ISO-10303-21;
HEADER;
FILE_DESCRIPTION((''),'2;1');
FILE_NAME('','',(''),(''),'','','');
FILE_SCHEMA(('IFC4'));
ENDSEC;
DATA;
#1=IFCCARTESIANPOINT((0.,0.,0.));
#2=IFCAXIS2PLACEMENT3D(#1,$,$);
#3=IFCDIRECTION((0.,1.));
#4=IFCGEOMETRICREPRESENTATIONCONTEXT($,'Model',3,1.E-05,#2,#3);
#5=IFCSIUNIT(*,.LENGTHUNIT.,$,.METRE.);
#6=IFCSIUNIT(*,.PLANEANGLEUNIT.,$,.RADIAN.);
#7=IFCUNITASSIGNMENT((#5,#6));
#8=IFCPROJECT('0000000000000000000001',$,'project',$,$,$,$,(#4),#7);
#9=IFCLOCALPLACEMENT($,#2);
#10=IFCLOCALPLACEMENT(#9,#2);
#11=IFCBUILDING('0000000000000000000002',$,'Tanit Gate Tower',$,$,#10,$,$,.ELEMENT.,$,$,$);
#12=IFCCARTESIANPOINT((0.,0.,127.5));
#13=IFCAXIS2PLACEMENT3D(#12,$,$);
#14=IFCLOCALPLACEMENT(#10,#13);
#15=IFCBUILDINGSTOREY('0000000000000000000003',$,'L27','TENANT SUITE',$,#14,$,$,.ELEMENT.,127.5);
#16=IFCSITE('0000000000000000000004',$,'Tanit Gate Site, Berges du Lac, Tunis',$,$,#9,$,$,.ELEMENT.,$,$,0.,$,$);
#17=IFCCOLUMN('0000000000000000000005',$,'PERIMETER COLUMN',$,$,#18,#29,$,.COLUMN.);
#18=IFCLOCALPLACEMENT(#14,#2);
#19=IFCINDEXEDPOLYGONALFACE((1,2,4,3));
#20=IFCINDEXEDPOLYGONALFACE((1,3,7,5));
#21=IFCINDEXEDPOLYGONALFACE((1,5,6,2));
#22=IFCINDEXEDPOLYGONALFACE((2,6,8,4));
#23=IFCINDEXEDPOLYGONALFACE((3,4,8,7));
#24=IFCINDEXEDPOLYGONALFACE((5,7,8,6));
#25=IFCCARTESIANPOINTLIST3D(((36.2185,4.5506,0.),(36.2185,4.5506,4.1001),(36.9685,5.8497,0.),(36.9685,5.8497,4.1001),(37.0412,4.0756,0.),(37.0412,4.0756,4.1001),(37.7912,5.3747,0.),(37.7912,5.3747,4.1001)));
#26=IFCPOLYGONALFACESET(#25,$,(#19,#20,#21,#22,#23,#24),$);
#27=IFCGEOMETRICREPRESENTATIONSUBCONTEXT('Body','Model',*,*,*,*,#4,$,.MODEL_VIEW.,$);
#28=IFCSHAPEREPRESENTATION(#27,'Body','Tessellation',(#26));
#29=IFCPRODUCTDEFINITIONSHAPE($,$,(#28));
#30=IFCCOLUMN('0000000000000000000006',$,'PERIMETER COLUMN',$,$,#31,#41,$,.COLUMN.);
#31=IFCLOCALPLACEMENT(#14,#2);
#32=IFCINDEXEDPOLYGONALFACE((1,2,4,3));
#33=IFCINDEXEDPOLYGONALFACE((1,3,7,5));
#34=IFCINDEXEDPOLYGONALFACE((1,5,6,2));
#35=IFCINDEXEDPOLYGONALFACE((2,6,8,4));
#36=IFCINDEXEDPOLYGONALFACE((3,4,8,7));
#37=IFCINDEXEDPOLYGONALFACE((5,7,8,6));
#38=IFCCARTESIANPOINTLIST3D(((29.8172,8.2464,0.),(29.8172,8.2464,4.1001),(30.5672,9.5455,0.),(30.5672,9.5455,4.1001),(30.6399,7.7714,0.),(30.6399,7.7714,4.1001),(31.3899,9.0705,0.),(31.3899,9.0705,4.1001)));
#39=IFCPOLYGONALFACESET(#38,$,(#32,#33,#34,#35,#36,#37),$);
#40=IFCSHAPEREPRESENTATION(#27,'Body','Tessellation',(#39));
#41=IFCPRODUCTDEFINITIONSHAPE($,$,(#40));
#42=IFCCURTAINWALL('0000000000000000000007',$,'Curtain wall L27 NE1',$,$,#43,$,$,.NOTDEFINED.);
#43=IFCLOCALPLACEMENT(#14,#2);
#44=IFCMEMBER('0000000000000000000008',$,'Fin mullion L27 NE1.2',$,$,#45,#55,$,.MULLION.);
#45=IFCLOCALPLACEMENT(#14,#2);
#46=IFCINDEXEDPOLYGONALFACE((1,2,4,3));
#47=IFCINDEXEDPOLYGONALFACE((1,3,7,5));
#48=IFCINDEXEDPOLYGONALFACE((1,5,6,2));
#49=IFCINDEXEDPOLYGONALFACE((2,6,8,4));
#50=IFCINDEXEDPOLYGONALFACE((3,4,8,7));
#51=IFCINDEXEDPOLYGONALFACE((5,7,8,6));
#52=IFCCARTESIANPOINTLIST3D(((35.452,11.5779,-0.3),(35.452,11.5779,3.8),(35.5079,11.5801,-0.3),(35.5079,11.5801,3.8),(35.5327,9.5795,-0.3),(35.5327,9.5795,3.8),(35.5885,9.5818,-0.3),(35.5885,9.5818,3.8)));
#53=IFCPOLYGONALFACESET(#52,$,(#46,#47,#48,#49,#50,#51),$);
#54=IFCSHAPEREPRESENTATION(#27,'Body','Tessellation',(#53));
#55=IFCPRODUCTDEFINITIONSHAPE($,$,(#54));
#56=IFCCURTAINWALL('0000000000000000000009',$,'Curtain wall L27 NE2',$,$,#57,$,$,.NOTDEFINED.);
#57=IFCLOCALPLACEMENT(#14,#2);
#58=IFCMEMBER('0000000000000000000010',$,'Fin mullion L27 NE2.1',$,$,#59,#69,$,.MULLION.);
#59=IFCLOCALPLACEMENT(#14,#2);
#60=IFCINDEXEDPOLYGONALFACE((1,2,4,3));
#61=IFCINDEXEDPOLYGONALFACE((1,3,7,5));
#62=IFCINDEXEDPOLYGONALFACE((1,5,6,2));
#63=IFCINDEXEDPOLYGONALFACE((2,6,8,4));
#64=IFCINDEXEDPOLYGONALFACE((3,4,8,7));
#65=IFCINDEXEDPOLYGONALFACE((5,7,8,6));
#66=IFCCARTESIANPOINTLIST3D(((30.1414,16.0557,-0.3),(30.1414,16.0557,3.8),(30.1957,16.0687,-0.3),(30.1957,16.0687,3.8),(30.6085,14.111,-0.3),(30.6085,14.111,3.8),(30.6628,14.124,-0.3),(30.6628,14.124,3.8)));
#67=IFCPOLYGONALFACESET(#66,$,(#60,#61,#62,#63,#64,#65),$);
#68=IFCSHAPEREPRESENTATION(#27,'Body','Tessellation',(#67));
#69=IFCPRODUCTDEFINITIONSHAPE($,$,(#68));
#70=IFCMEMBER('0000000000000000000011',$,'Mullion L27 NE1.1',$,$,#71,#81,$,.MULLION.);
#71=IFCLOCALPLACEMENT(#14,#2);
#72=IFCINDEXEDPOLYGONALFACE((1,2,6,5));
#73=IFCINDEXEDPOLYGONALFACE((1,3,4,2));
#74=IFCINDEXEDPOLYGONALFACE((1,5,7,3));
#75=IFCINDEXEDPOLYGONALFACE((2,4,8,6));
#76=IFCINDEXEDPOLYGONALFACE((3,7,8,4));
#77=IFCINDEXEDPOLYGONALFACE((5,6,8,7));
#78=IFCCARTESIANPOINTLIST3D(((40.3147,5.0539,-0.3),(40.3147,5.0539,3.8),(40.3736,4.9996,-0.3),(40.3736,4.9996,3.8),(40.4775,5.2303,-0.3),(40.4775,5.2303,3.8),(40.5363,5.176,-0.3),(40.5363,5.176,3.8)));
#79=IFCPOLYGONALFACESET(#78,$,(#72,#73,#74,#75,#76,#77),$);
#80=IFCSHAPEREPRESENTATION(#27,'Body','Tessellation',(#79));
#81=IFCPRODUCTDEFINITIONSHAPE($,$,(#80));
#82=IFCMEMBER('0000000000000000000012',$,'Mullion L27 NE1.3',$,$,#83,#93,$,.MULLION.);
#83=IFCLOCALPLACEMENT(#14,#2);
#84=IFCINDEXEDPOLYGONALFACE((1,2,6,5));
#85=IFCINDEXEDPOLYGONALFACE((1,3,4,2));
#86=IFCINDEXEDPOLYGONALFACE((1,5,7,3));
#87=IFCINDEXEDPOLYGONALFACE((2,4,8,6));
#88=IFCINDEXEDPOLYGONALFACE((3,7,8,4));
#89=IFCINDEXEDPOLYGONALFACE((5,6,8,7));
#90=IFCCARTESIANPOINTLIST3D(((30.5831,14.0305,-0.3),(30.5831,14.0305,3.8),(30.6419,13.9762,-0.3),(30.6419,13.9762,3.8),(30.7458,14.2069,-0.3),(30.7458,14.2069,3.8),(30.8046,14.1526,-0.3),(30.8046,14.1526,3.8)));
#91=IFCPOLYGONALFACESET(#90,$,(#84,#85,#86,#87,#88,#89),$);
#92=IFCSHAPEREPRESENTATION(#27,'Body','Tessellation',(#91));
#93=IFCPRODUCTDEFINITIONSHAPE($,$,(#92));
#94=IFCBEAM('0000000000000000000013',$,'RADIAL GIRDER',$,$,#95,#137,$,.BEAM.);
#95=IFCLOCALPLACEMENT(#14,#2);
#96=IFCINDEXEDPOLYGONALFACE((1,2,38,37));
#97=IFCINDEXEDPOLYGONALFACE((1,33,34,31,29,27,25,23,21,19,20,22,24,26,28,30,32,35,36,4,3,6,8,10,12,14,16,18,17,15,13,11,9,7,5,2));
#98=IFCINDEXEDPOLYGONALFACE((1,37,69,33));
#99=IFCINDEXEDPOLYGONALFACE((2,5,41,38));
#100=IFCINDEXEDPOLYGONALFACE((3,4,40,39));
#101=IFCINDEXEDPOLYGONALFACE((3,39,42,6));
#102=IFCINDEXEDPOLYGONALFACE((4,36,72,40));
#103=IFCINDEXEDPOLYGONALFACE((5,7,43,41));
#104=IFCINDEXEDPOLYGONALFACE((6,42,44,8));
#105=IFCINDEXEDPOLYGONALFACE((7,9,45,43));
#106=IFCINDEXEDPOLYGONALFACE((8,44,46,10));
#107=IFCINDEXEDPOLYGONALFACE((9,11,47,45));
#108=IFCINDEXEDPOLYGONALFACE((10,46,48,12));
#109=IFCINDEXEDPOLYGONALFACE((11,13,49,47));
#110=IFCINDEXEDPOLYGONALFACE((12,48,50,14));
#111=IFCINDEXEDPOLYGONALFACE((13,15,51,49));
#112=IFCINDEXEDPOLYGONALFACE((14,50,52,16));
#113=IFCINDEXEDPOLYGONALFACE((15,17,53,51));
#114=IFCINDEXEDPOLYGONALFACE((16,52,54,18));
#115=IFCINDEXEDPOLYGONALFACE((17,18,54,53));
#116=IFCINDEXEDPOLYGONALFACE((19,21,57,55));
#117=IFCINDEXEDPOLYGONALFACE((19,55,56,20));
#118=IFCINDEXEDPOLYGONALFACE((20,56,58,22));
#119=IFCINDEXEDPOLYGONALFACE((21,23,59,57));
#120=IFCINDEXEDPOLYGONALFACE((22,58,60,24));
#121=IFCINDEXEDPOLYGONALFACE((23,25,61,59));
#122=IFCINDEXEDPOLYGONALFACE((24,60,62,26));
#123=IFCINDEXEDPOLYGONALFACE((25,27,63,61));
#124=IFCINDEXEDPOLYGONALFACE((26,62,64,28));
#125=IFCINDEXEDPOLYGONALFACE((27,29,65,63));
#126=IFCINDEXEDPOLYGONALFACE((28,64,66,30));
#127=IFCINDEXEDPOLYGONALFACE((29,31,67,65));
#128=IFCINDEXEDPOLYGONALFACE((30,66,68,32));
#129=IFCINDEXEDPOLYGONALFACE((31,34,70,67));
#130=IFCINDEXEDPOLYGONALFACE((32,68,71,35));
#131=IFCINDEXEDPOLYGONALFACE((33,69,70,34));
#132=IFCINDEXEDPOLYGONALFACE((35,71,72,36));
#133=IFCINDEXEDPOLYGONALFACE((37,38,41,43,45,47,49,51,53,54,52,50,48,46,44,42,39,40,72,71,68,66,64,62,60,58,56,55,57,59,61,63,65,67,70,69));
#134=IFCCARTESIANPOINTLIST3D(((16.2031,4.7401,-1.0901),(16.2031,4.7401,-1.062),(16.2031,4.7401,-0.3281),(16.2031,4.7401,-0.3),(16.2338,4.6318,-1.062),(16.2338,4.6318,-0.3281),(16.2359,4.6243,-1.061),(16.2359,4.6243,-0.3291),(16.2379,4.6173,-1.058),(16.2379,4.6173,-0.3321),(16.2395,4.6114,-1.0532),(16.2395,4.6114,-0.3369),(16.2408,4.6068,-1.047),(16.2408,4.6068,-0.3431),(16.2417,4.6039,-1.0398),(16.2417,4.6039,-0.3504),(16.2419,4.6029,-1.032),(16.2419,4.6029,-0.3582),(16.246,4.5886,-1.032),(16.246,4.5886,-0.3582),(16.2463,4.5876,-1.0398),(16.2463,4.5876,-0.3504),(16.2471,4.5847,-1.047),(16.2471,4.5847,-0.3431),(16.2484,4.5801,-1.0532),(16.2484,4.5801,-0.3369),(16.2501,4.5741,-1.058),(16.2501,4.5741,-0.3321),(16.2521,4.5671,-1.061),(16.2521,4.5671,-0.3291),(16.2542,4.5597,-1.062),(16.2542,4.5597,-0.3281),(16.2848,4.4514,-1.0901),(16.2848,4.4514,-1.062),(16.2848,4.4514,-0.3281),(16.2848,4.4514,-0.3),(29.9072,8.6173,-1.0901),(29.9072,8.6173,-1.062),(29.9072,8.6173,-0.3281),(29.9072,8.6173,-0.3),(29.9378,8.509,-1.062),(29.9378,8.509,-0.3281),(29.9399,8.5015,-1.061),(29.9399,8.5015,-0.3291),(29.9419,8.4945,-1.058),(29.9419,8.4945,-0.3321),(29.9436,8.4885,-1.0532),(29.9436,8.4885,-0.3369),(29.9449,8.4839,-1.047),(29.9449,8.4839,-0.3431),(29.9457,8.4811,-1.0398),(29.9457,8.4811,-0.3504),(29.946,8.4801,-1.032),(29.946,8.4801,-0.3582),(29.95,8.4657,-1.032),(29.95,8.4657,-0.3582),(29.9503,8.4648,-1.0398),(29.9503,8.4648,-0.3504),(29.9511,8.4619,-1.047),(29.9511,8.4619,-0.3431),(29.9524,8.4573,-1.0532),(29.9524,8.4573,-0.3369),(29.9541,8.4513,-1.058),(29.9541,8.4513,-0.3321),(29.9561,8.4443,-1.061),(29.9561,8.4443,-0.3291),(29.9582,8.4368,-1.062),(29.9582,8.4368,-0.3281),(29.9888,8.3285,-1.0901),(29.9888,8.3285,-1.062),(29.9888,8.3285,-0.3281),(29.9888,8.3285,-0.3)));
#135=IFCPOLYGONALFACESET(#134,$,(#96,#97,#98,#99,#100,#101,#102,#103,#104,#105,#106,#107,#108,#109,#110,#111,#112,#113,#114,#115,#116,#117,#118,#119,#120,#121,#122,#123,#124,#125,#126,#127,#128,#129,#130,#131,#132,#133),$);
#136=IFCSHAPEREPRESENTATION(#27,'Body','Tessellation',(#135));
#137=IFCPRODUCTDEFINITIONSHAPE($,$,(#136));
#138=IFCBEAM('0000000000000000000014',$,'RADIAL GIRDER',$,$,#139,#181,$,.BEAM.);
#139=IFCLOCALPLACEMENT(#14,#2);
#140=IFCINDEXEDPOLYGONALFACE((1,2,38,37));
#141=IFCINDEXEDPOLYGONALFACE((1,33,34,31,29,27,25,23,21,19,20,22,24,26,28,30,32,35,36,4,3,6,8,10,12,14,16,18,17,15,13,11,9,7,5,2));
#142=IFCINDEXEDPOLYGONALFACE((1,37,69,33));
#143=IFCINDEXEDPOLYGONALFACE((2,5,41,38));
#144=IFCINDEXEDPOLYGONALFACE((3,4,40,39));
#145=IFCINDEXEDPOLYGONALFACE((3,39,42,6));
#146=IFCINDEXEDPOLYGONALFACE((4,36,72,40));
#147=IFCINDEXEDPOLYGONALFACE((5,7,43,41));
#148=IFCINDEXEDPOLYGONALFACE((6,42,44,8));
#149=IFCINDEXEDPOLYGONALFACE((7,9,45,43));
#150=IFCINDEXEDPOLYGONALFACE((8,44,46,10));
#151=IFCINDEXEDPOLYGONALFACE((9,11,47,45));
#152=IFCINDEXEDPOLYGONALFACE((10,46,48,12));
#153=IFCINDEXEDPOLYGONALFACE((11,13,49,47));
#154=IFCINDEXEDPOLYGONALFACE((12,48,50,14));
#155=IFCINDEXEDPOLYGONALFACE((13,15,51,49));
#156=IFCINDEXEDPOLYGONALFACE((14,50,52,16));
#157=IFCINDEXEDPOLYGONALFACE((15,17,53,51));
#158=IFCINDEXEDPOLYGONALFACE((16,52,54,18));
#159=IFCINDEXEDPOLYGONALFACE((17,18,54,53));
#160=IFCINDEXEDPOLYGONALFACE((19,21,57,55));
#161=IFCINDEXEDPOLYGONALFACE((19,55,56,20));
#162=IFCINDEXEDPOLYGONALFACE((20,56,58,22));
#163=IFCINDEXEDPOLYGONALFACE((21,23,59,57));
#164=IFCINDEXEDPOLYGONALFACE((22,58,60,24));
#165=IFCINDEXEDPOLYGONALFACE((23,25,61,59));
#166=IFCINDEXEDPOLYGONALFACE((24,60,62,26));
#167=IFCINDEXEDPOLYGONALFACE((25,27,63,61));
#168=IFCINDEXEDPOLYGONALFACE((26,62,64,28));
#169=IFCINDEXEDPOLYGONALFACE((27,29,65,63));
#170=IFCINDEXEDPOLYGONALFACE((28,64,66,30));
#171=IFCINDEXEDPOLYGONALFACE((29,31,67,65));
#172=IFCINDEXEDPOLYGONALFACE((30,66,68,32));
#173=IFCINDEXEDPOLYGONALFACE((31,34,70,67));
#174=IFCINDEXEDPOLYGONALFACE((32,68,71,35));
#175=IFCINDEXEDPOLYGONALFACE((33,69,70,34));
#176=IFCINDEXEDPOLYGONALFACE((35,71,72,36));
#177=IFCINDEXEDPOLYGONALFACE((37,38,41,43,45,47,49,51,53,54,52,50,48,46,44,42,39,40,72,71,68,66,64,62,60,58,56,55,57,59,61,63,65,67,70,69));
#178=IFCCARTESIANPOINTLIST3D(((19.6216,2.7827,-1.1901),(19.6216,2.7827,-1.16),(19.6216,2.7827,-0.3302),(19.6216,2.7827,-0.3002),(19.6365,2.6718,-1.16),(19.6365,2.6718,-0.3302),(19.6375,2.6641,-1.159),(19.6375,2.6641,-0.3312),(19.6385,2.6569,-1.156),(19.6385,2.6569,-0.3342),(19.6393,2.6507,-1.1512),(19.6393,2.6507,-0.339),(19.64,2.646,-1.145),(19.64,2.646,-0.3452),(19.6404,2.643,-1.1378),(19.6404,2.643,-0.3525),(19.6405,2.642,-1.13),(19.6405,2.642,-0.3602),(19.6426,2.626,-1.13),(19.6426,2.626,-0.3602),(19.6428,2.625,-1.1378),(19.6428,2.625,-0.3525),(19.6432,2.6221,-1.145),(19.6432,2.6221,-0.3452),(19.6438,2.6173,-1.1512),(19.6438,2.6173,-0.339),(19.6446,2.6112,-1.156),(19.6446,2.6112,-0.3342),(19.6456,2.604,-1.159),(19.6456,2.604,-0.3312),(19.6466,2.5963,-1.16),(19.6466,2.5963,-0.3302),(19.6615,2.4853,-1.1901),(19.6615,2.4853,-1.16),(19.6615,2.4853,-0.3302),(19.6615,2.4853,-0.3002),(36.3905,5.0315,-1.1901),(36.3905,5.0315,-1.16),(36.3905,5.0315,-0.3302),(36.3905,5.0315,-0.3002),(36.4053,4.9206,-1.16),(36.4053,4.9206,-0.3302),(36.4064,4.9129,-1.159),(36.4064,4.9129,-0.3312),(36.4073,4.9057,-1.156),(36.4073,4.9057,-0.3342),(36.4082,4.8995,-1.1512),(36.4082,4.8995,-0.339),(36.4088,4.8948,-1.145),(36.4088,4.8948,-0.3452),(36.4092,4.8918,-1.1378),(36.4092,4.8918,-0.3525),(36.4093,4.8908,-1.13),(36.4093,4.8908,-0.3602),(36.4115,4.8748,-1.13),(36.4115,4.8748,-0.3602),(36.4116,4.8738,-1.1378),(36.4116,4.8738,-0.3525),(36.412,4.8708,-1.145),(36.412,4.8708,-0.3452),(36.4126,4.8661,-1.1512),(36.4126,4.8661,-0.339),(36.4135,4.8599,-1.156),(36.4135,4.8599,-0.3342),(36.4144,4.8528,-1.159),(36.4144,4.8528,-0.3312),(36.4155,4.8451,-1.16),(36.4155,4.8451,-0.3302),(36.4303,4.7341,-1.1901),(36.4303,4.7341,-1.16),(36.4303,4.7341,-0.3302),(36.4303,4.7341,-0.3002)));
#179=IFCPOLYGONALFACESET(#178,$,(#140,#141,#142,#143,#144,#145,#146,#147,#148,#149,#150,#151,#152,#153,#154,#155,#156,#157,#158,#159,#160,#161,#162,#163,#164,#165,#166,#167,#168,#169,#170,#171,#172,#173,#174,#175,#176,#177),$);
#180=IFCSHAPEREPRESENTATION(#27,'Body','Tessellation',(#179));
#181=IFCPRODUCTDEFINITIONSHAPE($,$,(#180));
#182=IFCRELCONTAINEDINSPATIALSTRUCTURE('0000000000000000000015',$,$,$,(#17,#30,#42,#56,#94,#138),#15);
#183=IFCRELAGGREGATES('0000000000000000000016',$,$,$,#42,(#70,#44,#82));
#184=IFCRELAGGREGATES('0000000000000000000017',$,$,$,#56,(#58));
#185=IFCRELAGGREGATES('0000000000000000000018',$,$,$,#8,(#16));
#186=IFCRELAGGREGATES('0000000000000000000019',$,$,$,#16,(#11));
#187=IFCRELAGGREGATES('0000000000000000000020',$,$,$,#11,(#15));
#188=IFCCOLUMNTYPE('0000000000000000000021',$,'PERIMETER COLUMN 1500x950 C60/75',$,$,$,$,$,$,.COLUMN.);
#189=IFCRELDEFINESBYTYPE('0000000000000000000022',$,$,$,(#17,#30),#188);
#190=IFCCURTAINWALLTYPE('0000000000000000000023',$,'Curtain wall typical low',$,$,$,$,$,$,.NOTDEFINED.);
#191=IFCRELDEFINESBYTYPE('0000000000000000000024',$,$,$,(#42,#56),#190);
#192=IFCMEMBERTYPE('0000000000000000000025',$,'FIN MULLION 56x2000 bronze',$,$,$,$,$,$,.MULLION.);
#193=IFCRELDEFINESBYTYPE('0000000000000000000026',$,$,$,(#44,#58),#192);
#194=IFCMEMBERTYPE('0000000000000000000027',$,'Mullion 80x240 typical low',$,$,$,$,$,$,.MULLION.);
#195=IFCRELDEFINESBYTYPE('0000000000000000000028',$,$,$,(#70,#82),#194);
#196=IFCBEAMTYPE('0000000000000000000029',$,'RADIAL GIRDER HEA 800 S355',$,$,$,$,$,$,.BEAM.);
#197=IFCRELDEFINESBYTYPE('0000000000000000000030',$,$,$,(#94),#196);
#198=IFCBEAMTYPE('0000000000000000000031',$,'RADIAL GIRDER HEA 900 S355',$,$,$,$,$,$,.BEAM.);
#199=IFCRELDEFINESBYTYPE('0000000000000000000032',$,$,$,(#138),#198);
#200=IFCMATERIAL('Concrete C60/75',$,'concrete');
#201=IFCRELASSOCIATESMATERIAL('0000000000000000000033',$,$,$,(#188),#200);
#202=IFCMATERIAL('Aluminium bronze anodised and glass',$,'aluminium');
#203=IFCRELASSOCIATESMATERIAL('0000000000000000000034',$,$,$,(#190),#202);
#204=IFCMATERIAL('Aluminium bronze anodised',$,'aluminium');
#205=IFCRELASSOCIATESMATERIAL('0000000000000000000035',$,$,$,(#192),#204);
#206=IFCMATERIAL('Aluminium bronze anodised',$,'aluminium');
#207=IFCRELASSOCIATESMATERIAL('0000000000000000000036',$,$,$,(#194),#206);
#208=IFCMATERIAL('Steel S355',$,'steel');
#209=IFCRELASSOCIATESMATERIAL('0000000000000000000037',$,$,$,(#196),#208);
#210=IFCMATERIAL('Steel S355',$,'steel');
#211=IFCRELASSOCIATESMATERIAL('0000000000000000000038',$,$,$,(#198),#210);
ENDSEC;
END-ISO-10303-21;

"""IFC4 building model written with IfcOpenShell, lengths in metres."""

from ifc_helpers import new_model, si_unit, direction, frame, origin, origin_2d, place, context, subcontext, project, spatial, rectangle, i_section, extrude, material, material_profile, profile_set, type_object, element, aggregate, save


model = new_model("IFC4")

# Units and contexts
model_context = context("Model", 3, precision=1e-05, world=origin(), true_north=direction((0.0, 1.0)))
body_context = subcontext(model_context, "Body", "Model", "MODEL_VIEW")
ifc_project = project(units=[si_unit("LENGTHUNIT", "METRE"), si_unit("PLANEANGLEUNIT", "RADIAN")], contexts=[model_context])

# Site, building, storey
site_placement = place(None, origin())
site = spatial("IfcSite", under=ifc_project, at=site_placement, Name="Tanit Gate Site, Berges du Lac, Tunis", CompositionType="ELEMENT", RefElevation=0.0)
building_placement = place(site_placement, origin())
building = spatial("IfcBuilding", under=site, at=building_placement, Name="Tanit Gate Tower", CompositionType="ELEMENT")
storey_placement = place(building_placement, frame((0.0, 0.0, 127.5)))
storey = spatial("IfcBuildingStorey", under=building, at=storey_placement, Name="L27", Description="TENANT SUITE", CompositionType="ELEMENT", Elevation=127.5)

# Columns
ifc_material_1 = material(Name="Concrete C60/75", Category="concrete")
ifc_material_profile_1 = material_profile(ifc_material_1, rectangle(XDim=1.5, YDim=0.95, at=origin_2d()), Name="RC 1500x950")
ifc_profile_set_1 = profile_set([ifc_material_profile_1], Name="Concrete C60/75")
column_type = type_object("IfcColumnType", Name="PERIMETER COLUMN 1500x950 C60/75", PredefinedType="COLUMN", material=ifc_profile_set_1)
for number, where, z_axis, x_axis, name in (
    (1, (37.0049, 4.9626, 0.0), (0.0, 0.0, 1.0), (0.5, 0.866025, 0.0), "PERIMETER COLUMN"),
    (2, (30.6035, 8.6584, 0.0), (0.0, 0.0, 1.0), (0.5, 0.866025, 0.0), "PERIMETER COLUMN"),
):
    element("IfcColumn", number, at=place(storey_placement, frame(where, z_axis=z_axis, x_axis=x_axis)), inside=storey, type_object=column_type, Name=name, PredefinedType="COLUMN", context=body_context, shape_type="SweptSolid", body=[
        extrude(rectangle(XDim=1.5, YDim=0.95, at=origin_2d()), origin(), (0.0, 0.0, 1.0), 4.1001),
    ])

# Curtain walls, members
ifc_material_2 = material(Name="Aluminium bronze anodised and glass", Category="aluminium")
curtain_wall_type = type_object("IfcCurtainWallType", Name="Curtain wall typical low", PredefinedType="NOTDEFINED", material=ifc_material_2)
curtain_wall_1_placement = place(storey_placement, origin())
curtain_wall_1 = element("IfcCurtainWall", 3, at=curtain_wall_1_placement, inside=storey, type_object=curtain_wall_type, Name="Curtain wall L27 NE1", PredefinedType="NOTDEFINED")
ifc_material_3 = material(Name="Aluminium bronze anodised", Category="aluminium")
ifc_material_profile_2 = material_profile(ifc_material_3, rectangle(XDim=2.0, YDim=0.0559, at=origin_2d()), Name="56x2000 bronze fin mullion")
ifc_profile_set_2 = profile_set([ifc_material_profile_2], Name="Aluminium bronze anodised")
member_type_1 = type_object("IfcMemberType", Name="FIN MULLION 56x2000 bronze", PredefinedType="MULLION", material=ifc_profile_set_2)
member_1_placement = place(storey_placement, frame((35.5203, 10.5798, -0.3), z_axis=(0.0, 0.0, 1.0), x_axis=(0.040326, -0.999187, 0.0)))
member_1 = element("IfcMember", 4, at=member_1_placement, type_object=member_type_1, Name="Fin mullion L27 NE1.2", PredefinedType="MULLION", context=body_context, shape_type="SweptSolid", body=[
    extrude(rectangle(XDim=2.0, YDim=0.0559, at=origin_2d()), origin(), (0.0, 0.0, 1.0), 4.1001),
])
curtain_wall_2_placement = place(storey_placement, origin())
curtain_wall_2 = element("IfcCurtainWall", 5, at=curtain_wall_2_placement, inside=storey, type_object=curtain_wall_type, Name="Curtain wall L27 NE2", PredefinedType="NOTDEFINED")
member_2_placement = place(storey_placement, frame((30.4021, 15.0898, -0.3), z_axis=(0.0, 0.0, 1.0), x_axis=(0.233557, -0.972343, 0.0)))
member_2 = element("IfcMember", 6, at=member_2_placement, type_object=member_type_1, Name="Fin mullion L27 NE2.1", PredefinedType="MULLION", context=body_context, shape_type="SweptSolid", body=[
    extrude(rectangle(XDim=2.0, YDim=0.0559, at=origin_2d()), origin(), (0.0, 0.0, 1.0), 4.1001),
])

# Members
ifc_material_4 = material(Name="Aluminium bronze anodised", Category="aluminium")
ifc_material_profile_3 = material_profile(ifc_material_4, rectangle(XDim=0.24, YDim=0.0801, at=origin_2d()), Name="80x240 bronze mullion")
ifc_profile_set_3 = profile_set([ifc_material_profile_3], Name="Aluminium bronze anodised")
member_type_2 = type_object("IfcMemberType", Name="Mullion 80x240 typical low", PredefinedType="MULLION", material=ifc_profile_set_3)
member_3_placement = place(storey_placement, frame((40.4255, 5.115, -0.3), z_axis=(0.0, 0.0, 1.0), x_axis=(-0.678017, -0.735046, 0.0)))
member_3 = element("IfcMember", 7, at=member_3_placement, type_object=member_type_2, Name="Mullion L27 NE1.1", PredefinedType="MULLION", context=body_context, shape_type="SweptSolid", body=[
    extrude(rectangle(XDim=0.24, YDim=0.0801, at=origin_2d()), origin(), (0.0, 0.0, 1.0), 4.1001),
])
member_4_placement = place(storey_placement, frame((30.6938, 14.0916, -0.3), z_axis=(0.0, 0.0, 1.0), x_axis=(-0.678017, -0.735046, 0.0)))
member_4 = element("IfcMember", 8, at=member_4_placement, type_object=member_type_2, Name="Mullion L27 NE1.3", PredefinedType="MULLION", context=body_context, shape_type="SweptSolid", body=[
    extrude(rectangle(XDim=0.24, YDim=0.0801, at=origin_2d()), origin(), (0.0, 0.0, 1.0), 4.1001),
])

# Beams
ifc_material_5 = material(Name="Steel S355", Category="steel")
ifc_material_profile_4 = material_profile(ifc_material_5, i_section(OverallWidth=0.3, OverallDepth=0.79, WebThickness=0.0149, FlangeThickness=0.0281, FilletRadius=0.03, at=origin_2d()), Name="HEA 800")
ifc_profile_set_4 = profile_set([ifc_material_profile_4], Name="Steel S355")
beam_type_1 = type_object("IfcBeamType", Name="RADIAL GIRDER HEA 800 S355", PredefinedType="BEAM", material=ifc_profile_set_4)
beam_1_placement = place(storey_placement, frame((29.948, 8.4729, -0.6951), z_axis=(-0.96223, -0.272237, 0.0), x_axis=(0.272237, -0.96223, 0.0)))
element("IfcBeam", 9, at=beam_1_placement, inside=storey, type_object=beam_type_1, Name="RADIAL GIRDER", PredefinedType="BEAM", context=body_context, shape_type="SweptSolid", body=[
    extrude(i_section(OverallWidth=0.3, OverallDepth=0.79, WebThickness=0.0149, FlangeThickness=0.0281, FilletRadius=0.03, at=origin_2d()), origin(), (0.0, 0.0, 1.0), 14.2419),
])
ifc_material_6 = material(Name="Steel S355", Category="steel")
ifc_material_profile_5 = material_profile(ifc_material_6, i_section(OverallWidth=0.3, OverallDepth=0.8899, WebThickness=0.0161, FlangeThickness=0.03, FilletRadius=0.03, at=origin_2d()), Name="HEA 900")
ifc_profile_set_5 = profile_set([ifc_material_profile_5], Name="Steel S355")
beam_type_2 = type_object("IfcBeamType", Name="RADIAL GIRDER HEA 900 S355", PredefinedType="BEAM", material=ifc_profile_set_5)
beam_2_placement = place(storey_placement, frame((36.4104, 4.8828, -0.7451), z_axis=(-0.991127, -0.132915, 0.0), x_axis=(0.132915, -0.991127, 0.0)))
element("IfcBeam", 10, at=beam_2_placement, inside=storey, type_object=beam_type_2, Name="RADIAL GIRDER", PredefinedType="BEAM", context=body_context, shape_type="SweptSolid", body=[
    extrude(i_section(OverallWidth=0.3, OverallDepth=0.8899, WebThickness=0.0161, FlangeThickness=0.03, FilletRadius=0.03, at=origin_2d()), origin(), (0.0, 0.0, 1.0), 16.9189),
])

aggregate(curtain_wall_1, [member_3, member_1, member_4])
aggregate(curtain_wall_2, [member_2])

save(model, "model.ifc")
